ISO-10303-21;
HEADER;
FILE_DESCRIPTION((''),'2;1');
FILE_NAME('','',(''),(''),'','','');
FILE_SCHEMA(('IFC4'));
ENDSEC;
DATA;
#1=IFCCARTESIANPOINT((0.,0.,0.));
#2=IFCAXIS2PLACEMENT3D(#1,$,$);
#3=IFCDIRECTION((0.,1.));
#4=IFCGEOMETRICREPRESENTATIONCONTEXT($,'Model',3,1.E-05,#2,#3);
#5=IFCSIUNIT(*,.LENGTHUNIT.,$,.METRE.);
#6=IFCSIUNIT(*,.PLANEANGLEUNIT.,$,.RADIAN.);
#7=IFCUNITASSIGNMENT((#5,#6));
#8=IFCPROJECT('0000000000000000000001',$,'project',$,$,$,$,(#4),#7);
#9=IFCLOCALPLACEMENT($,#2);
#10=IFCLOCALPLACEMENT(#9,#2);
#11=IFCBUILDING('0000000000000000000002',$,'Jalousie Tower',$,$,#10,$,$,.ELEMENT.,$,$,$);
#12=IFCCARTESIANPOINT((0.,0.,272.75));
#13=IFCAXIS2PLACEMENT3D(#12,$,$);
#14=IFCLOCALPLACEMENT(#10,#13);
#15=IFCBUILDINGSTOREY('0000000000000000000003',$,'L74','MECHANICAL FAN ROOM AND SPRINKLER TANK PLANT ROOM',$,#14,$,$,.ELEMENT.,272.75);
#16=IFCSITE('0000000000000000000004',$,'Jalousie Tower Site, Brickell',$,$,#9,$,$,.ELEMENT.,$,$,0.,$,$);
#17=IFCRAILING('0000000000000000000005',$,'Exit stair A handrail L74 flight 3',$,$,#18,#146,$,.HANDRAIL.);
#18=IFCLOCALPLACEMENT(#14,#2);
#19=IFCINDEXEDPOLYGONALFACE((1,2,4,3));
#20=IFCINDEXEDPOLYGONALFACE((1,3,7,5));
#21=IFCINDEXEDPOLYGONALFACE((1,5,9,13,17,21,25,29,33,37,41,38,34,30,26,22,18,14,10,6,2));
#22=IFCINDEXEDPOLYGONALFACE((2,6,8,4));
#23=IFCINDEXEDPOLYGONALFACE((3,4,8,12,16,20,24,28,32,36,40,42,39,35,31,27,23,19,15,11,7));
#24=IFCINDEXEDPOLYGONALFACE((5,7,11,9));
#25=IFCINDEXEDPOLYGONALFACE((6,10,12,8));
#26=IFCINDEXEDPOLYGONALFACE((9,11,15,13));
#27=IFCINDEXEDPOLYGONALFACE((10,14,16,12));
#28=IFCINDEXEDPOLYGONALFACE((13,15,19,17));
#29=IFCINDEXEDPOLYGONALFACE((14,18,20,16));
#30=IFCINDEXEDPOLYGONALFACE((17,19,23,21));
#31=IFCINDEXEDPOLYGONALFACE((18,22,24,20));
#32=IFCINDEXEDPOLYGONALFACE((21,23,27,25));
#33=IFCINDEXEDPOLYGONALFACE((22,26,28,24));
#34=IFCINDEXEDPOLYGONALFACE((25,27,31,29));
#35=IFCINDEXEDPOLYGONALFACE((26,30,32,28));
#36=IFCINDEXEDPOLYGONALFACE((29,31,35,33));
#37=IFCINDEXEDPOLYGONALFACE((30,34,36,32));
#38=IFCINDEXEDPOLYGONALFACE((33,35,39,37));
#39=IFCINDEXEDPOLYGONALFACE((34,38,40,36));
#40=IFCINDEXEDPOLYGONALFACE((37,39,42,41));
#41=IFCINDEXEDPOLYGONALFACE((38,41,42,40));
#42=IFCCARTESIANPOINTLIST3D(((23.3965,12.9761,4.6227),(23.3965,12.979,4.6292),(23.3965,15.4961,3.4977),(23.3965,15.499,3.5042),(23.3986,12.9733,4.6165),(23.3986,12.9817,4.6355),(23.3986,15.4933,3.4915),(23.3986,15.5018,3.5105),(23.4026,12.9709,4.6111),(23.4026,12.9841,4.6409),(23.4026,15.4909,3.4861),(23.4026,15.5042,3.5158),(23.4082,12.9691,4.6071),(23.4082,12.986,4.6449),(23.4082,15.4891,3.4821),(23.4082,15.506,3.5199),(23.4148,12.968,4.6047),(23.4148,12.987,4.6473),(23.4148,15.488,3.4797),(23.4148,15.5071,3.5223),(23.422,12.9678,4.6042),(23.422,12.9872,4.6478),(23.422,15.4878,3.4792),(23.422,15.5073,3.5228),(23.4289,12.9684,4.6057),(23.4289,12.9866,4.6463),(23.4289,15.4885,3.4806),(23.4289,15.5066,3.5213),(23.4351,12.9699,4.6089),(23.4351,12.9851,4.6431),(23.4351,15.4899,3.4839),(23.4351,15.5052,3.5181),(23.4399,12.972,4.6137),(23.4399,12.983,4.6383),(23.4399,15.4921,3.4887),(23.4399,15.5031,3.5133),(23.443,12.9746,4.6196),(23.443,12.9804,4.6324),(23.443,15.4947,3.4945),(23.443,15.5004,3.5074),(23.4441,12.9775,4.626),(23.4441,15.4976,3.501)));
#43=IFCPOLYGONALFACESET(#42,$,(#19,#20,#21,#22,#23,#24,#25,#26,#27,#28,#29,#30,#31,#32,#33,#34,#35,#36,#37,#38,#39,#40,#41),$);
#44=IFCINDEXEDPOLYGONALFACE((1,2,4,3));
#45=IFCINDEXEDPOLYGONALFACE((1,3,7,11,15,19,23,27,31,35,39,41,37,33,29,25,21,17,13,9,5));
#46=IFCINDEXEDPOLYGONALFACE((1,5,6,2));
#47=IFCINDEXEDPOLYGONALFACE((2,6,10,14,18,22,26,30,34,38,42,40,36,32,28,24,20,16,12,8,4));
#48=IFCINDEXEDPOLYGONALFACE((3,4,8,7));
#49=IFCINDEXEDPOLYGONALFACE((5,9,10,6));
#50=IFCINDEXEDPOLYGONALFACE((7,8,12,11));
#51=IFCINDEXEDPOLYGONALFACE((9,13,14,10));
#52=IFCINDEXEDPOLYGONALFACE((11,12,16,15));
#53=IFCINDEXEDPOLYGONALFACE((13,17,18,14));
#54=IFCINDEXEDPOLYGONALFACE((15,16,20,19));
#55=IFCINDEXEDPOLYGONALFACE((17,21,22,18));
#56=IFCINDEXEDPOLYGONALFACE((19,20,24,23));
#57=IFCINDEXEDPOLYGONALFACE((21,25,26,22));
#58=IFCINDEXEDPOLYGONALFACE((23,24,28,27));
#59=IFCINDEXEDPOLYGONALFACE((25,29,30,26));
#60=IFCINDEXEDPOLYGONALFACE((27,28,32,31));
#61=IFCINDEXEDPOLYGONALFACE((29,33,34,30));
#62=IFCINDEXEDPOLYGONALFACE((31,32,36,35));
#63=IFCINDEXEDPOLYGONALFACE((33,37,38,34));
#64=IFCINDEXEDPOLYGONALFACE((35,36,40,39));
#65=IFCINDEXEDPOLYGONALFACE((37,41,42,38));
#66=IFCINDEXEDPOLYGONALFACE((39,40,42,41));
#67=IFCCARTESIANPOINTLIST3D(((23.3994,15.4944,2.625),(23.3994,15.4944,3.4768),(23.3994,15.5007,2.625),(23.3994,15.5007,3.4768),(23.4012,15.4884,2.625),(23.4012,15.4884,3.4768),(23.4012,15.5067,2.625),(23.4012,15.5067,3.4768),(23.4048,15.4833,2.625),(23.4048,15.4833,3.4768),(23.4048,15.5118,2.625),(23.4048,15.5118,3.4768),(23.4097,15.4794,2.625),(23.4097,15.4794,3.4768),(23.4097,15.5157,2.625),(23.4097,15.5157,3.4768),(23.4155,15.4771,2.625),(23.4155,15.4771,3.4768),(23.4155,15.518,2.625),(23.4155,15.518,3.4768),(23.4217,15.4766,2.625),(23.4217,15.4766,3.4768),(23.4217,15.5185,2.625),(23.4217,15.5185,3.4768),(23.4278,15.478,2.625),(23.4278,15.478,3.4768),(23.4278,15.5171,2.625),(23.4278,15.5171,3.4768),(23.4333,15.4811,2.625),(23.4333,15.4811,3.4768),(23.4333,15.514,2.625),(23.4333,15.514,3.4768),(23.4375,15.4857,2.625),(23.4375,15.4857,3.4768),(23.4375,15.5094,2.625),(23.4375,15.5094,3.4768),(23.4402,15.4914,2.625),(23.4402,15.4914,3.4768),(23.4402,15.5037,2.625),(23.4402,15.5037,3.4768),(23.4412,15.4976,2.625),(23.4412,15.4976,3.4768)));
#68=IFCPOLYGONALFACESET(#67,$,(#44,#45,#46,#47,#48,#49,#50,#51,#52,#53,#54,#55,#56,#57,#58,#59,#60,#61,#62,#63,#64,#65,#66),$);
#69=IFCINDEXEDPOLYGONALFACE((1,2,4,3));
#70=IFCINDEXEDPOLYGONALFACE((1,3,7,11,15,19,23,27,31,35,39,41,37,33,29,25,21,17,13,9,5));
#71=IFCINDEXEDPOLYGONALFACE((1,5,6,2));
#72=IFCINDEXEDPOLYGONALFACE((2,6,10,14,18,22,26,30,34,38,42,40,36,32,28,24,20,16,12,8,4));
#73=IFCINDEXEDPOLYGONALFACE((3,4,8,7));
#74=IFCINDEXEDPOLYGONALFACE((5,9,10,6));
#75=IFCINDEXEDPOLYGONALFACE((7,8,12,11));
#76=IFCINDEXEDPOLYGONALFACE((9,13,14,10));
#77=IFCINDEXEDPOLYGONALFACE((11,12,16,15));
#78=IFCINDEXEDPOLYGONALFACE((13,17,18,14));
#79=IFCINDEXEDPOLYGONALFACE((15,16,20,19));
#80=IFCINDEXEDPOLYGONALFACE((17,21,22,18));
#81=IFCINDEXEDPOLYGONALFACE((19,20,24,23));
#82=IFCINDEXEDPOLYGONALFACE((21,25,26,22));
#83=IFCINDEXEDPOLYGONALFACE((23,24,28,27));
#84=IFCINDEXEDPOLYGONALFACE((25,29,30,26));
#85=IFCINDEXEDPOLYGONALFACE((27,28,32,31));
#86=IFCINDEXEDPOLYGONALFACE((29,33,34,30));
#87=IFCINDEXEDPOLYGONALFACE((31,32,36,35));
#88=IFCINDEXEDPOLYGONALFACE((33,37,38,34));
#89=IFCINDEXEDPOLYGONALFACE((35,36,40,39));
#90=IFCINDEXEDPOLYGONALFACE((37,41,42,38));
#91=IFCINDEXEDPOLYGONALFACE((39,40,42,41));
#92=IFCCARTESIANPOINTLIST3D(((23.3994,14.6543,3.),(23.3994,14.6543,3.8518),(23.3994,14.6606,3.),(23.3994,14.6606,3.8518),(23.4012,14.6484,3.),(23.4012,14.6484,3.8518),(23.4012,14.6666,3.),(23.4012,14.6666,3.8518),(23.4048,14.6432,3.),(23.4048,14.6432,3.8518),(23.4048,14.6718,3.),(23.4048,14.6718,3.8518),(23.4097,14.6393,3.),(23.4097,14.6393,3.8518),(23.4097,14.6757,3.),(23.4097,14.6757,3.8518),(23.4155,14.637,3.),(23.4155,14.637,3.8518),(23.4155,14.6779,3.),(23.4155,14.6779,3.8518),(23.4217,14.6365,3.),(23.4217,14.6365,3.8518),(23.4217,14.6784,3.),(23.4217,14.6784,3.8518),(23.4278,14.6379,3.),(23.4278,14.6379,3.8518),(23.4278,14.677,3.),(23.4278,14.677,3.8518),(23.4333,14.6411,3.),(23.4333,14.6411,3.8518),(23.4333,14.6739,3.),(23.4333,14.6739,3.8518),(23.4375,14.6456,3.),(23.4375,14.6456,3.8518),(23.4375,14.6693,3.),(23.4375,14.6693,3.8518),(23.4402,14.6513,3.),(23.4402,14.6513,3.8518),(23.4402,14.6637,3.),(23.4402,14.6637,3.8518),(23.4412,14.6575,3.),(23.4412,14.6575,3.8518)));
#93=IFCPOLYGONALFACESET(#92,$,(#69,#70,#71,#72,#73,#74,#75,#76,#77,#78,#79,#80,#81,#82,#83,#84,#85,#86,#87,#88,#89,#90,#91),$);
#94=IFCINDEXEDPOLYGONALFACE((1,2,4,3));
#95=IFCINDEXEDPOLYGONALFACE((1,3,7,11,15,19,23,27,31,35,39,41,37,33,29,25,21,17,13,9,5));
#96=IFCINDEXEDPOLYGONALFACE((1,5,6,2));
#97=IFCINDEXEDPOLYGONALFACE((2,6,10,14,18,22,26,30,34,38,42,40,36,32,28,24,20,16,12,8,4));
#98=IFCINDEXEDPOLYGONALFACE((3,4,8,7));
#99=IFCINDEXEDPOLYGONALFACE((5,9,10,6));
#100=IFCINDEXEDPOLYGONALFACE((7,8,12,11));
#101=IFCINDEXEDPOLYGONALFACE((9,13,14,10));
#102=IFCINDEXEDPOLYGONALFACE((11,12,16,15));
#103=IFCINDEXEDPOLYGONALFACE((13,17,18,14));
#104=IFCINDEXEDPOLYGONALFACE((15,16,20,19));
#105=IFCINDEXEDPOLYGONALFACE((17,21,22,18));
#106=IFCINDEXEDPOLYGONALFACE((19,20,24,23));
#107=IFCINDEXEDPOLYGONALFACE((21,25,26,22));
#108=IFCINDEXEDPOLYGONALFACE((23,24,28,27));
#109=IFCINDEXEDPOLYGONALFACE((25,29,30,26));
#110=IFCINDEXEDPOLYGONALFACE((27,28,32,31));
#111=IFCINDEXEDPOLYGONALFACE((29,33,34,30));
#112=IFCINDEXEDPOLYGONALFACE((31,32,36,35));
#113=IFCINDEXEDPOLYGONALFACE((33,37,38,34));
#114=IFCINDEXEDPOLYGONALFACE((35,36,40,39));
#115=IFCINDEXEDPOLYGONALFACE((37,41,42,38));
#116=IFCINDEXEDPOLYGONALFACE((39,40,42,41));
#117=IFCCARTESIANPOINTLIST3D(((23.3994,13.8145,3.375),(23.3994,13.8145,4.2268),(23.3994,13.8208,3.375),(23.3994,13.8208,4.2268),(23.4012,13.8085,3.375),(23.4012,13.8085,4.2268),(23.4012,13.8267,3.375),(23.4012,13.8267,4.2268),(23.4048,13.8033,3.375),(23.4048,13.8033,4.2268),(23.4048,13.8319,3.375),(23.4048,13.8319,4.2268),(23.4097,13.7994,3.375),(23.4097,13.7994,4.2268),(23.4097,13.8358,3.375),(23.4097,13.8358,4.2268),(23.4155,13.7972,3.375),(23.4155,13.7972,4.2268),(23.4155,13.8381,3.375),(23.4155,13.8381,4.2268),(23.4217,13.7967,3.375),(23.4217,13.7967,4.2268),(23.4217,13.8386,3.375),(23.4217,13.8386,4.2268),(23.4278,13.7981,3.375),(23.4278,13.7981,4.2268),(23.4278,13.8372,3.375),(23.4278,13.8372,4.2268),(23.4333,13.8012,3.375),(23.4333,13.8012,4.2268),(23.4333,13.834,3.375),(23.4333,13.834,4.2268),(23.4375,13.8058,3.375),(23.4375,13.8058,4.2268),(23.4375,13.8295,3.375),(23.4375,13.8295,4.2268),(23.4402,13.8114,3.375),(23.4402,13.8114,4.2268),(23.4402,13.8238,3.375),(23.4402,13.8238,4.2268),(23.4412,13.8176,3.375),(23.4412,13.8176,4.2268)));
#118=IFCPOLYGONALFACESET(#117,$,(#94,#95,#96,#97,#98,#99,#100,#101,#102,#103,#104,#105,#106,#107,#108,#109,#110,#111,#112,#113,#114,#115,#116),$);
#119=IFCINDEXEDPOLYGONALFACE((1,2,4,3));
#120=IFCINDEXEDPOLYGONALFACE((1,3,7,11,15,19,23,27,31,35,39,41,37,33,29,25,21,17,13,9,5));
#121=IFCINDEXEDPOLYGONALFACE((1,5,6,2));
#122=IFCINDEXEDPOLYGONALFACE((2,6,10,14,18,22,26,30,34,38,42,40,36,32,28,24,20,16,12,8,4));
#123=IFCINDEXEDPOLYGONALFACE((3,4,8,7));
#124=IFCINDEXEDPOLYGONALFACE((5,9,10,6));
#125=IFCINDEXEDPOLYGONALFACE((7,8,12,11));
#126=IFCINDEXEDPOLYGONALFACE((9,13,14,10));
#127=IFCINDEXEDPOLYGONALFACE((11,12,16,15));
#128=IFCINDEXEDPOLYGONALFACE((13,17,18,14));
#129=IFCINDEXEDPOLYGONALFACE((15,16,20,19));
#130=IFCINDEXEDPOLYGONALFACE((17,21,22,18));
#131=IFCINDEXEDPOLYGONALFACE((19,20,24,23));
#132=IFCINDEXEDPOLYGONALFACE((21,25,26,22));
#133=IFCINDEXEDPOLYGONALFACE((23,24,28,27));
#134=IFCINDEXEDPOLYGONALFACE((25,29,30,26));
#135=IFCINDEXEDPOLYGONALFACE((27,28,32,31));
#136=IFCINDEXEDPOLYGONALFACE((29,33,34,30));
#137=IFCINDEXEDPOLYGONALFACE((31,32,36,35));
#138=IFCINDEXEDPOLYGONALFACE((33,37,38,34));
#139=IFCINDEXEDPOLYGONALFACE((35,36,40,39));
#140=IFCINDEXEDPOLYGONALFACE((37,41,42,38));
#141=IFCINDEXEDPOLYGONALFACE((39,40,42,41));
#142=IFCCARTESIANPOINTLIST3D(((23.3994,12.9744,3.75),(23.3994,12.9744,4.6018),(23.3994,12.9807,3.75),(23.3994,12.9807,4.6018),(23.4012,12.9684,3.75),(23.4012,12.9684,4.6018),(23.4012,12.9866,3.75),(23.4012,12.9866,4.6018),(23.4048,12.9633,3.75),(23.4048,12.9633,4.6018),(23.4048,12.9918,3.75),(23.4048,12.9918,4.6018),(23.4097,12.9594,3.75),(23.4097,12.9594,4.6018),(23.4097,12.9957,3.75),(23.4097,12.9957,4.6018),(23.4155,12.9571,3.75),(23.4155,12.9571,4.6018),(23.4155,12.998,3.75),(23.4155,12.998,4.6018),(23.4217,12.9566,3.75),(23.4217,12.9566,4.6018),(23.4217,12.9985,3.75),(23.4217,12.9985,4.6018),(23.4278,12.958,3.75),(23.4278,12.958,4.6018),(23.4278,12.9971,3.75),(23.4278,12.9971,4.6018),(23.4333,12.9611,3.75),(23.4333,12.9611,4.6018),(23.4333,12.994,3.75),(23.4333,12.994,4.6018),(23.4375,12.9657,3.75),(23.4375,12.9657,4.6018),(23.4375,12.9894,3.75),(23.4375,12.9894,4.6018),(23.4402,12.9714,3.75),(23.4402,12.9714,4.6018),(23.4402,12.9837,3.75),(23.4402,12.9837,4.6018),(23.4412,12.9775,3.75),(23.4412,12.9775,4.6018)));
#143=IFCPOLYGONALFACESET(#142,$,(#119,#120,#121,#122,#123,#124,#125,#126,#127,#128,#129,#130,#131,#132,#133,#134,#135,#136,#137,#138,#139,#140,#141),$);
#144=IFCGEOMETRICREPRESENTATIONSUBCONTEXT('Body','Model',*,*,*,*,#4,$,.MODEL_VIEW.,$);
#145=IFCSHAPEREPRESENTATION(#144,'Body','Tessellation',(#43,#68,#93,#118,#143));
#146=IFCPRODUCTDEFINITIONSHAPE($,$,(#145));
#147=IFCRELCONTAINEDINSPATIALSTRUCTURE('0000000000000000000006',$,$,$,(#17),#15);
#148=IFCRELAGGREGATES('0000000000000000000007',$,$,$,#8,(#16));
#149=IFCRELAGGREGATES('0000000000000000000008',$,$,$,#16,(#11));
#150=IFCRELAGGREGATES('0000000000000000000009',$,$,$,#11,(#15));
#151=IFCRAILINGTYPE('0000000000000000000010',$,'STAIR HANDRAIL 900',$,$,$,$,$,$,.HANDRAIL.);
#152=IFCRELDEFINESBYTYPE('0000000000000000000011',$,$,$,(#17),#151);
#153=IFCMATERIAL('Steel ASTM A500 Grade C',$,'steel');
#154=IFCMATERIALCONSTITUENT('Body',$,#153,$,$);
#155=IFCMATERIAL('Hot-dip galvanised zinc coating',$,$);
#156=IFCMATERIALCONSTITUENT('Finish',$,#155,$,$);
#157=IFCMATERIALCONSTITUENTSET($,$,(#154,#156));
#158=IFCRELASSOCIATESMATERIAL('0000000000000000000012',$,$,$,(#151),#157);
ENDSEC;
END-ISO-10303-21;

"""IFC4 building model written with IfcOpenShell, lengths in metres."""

from ifc_helpers import new_model, si_unit, direction, frame, origin, origin_2d, place, context, subcontext, project, spatial, circle, extrude, material, constituent, constituent_set, type_object, element, save


model = new_model("IFC4")

# Units and contexts
model_context = context("Model", 3, precision=1e-05, world=origin(), true_north=direction((0.0, 1.0)))
body_context = subcontext(model_context, "Body", "Model", "MODEL_VIEW")
ifc_project = project(units=[si_unit("LENGTHUNIT", "METRE"), si_unit("PLANEANGLEUNIT", "RADIAN")], contexts=[model_context])

# Site, building, storey
site_placement = place(None, origin())
site = spatial("IfcSite", under=ifc_project, at=site_placement, Name="Jalousie Tower Site, Brickell", CompositionType="ELEMENT", RefElevation=0.0)
building_placement = place(site_placement, origin())
building = spatial("IfcBuilding", under=site, at=building_placement, Name="Jalousie Tower", CompositionType="ELEMENT")
storey_placement = place(building_placement, frame((0.0, 0.0, 272.75)))
storey = spatial("IfcBuildingStorey", under=building, at=storey_placement, Name="L74", Description="MECHANICAL FAN ROOM AND SPRINKLER TANK PLANT ROOM", CompositionType="ELEMENT", Elevation=272.75)

# Railing
ifc_material_1 = material(Name="Steel ASTM A500 Grade C", Category="steel")
ifc_constituent_1 = constituent(ifc_material_1, Name="Body")
ifc_material_2 = material(Name="Hot-dip galvanised zinc coating")
ifc_constituent_2 = constituent(ifc_material_2, Name="Finish")
ifc_constituent_set_1 = constituent_set(constituents=[ifc_constituent_1, ifc_constituent_2])
railing_type_1 = type_object("IfcRailingType", Name="STAIR HANDRAIL 900", PredefinedType="HANDRAIL", material=ifc_constituent_set_1)
railing_1_placement = place(storey_placement, frame((23.4202, 15.4976, 2.625)))
element("IfcRailing", 1, at=railing_1_placement, inside=storey, type_object=railing_type_1, Name="Exit stair A handrail L74 flight 3", PredefinedType="HANDRAIL", context=body_context, shape_type="SweptSolid", body=[
    extrude(circle(Radius=0.0239, at=origin_2d()), frame((0.0, 0.0, 0.876), z_axis=(0.0, -0.913139, 0.407648), x_axis=(1.0, 0.0, 0.0)), (0.0, 0.0, 1.0), 2.7598),
    extrude(circle(Radius=0.021, at=origin_2d()), origin(), (0.0, 0.0, 1.0), 0.8518),
    extrude(circle(Radius=0.021, at=origin_2d()), frame((0.0, -0.8401, 0.375)), (0.0, 0.0, 1.0), 0.8518),
    extrude(circle(Radius=0.021, at=origin_2d()), frame((0.0, -1.6799, 0.75)), (0.0, 0.0, 1.0), 0.8518),
    extrude(circle(Radius=0.021, at=origin_2d()), frame((0.0, -2.52, 1.125)), (0.0, 0.0, 1.0), 0.8518),
])

save(model, "model.ifc")
